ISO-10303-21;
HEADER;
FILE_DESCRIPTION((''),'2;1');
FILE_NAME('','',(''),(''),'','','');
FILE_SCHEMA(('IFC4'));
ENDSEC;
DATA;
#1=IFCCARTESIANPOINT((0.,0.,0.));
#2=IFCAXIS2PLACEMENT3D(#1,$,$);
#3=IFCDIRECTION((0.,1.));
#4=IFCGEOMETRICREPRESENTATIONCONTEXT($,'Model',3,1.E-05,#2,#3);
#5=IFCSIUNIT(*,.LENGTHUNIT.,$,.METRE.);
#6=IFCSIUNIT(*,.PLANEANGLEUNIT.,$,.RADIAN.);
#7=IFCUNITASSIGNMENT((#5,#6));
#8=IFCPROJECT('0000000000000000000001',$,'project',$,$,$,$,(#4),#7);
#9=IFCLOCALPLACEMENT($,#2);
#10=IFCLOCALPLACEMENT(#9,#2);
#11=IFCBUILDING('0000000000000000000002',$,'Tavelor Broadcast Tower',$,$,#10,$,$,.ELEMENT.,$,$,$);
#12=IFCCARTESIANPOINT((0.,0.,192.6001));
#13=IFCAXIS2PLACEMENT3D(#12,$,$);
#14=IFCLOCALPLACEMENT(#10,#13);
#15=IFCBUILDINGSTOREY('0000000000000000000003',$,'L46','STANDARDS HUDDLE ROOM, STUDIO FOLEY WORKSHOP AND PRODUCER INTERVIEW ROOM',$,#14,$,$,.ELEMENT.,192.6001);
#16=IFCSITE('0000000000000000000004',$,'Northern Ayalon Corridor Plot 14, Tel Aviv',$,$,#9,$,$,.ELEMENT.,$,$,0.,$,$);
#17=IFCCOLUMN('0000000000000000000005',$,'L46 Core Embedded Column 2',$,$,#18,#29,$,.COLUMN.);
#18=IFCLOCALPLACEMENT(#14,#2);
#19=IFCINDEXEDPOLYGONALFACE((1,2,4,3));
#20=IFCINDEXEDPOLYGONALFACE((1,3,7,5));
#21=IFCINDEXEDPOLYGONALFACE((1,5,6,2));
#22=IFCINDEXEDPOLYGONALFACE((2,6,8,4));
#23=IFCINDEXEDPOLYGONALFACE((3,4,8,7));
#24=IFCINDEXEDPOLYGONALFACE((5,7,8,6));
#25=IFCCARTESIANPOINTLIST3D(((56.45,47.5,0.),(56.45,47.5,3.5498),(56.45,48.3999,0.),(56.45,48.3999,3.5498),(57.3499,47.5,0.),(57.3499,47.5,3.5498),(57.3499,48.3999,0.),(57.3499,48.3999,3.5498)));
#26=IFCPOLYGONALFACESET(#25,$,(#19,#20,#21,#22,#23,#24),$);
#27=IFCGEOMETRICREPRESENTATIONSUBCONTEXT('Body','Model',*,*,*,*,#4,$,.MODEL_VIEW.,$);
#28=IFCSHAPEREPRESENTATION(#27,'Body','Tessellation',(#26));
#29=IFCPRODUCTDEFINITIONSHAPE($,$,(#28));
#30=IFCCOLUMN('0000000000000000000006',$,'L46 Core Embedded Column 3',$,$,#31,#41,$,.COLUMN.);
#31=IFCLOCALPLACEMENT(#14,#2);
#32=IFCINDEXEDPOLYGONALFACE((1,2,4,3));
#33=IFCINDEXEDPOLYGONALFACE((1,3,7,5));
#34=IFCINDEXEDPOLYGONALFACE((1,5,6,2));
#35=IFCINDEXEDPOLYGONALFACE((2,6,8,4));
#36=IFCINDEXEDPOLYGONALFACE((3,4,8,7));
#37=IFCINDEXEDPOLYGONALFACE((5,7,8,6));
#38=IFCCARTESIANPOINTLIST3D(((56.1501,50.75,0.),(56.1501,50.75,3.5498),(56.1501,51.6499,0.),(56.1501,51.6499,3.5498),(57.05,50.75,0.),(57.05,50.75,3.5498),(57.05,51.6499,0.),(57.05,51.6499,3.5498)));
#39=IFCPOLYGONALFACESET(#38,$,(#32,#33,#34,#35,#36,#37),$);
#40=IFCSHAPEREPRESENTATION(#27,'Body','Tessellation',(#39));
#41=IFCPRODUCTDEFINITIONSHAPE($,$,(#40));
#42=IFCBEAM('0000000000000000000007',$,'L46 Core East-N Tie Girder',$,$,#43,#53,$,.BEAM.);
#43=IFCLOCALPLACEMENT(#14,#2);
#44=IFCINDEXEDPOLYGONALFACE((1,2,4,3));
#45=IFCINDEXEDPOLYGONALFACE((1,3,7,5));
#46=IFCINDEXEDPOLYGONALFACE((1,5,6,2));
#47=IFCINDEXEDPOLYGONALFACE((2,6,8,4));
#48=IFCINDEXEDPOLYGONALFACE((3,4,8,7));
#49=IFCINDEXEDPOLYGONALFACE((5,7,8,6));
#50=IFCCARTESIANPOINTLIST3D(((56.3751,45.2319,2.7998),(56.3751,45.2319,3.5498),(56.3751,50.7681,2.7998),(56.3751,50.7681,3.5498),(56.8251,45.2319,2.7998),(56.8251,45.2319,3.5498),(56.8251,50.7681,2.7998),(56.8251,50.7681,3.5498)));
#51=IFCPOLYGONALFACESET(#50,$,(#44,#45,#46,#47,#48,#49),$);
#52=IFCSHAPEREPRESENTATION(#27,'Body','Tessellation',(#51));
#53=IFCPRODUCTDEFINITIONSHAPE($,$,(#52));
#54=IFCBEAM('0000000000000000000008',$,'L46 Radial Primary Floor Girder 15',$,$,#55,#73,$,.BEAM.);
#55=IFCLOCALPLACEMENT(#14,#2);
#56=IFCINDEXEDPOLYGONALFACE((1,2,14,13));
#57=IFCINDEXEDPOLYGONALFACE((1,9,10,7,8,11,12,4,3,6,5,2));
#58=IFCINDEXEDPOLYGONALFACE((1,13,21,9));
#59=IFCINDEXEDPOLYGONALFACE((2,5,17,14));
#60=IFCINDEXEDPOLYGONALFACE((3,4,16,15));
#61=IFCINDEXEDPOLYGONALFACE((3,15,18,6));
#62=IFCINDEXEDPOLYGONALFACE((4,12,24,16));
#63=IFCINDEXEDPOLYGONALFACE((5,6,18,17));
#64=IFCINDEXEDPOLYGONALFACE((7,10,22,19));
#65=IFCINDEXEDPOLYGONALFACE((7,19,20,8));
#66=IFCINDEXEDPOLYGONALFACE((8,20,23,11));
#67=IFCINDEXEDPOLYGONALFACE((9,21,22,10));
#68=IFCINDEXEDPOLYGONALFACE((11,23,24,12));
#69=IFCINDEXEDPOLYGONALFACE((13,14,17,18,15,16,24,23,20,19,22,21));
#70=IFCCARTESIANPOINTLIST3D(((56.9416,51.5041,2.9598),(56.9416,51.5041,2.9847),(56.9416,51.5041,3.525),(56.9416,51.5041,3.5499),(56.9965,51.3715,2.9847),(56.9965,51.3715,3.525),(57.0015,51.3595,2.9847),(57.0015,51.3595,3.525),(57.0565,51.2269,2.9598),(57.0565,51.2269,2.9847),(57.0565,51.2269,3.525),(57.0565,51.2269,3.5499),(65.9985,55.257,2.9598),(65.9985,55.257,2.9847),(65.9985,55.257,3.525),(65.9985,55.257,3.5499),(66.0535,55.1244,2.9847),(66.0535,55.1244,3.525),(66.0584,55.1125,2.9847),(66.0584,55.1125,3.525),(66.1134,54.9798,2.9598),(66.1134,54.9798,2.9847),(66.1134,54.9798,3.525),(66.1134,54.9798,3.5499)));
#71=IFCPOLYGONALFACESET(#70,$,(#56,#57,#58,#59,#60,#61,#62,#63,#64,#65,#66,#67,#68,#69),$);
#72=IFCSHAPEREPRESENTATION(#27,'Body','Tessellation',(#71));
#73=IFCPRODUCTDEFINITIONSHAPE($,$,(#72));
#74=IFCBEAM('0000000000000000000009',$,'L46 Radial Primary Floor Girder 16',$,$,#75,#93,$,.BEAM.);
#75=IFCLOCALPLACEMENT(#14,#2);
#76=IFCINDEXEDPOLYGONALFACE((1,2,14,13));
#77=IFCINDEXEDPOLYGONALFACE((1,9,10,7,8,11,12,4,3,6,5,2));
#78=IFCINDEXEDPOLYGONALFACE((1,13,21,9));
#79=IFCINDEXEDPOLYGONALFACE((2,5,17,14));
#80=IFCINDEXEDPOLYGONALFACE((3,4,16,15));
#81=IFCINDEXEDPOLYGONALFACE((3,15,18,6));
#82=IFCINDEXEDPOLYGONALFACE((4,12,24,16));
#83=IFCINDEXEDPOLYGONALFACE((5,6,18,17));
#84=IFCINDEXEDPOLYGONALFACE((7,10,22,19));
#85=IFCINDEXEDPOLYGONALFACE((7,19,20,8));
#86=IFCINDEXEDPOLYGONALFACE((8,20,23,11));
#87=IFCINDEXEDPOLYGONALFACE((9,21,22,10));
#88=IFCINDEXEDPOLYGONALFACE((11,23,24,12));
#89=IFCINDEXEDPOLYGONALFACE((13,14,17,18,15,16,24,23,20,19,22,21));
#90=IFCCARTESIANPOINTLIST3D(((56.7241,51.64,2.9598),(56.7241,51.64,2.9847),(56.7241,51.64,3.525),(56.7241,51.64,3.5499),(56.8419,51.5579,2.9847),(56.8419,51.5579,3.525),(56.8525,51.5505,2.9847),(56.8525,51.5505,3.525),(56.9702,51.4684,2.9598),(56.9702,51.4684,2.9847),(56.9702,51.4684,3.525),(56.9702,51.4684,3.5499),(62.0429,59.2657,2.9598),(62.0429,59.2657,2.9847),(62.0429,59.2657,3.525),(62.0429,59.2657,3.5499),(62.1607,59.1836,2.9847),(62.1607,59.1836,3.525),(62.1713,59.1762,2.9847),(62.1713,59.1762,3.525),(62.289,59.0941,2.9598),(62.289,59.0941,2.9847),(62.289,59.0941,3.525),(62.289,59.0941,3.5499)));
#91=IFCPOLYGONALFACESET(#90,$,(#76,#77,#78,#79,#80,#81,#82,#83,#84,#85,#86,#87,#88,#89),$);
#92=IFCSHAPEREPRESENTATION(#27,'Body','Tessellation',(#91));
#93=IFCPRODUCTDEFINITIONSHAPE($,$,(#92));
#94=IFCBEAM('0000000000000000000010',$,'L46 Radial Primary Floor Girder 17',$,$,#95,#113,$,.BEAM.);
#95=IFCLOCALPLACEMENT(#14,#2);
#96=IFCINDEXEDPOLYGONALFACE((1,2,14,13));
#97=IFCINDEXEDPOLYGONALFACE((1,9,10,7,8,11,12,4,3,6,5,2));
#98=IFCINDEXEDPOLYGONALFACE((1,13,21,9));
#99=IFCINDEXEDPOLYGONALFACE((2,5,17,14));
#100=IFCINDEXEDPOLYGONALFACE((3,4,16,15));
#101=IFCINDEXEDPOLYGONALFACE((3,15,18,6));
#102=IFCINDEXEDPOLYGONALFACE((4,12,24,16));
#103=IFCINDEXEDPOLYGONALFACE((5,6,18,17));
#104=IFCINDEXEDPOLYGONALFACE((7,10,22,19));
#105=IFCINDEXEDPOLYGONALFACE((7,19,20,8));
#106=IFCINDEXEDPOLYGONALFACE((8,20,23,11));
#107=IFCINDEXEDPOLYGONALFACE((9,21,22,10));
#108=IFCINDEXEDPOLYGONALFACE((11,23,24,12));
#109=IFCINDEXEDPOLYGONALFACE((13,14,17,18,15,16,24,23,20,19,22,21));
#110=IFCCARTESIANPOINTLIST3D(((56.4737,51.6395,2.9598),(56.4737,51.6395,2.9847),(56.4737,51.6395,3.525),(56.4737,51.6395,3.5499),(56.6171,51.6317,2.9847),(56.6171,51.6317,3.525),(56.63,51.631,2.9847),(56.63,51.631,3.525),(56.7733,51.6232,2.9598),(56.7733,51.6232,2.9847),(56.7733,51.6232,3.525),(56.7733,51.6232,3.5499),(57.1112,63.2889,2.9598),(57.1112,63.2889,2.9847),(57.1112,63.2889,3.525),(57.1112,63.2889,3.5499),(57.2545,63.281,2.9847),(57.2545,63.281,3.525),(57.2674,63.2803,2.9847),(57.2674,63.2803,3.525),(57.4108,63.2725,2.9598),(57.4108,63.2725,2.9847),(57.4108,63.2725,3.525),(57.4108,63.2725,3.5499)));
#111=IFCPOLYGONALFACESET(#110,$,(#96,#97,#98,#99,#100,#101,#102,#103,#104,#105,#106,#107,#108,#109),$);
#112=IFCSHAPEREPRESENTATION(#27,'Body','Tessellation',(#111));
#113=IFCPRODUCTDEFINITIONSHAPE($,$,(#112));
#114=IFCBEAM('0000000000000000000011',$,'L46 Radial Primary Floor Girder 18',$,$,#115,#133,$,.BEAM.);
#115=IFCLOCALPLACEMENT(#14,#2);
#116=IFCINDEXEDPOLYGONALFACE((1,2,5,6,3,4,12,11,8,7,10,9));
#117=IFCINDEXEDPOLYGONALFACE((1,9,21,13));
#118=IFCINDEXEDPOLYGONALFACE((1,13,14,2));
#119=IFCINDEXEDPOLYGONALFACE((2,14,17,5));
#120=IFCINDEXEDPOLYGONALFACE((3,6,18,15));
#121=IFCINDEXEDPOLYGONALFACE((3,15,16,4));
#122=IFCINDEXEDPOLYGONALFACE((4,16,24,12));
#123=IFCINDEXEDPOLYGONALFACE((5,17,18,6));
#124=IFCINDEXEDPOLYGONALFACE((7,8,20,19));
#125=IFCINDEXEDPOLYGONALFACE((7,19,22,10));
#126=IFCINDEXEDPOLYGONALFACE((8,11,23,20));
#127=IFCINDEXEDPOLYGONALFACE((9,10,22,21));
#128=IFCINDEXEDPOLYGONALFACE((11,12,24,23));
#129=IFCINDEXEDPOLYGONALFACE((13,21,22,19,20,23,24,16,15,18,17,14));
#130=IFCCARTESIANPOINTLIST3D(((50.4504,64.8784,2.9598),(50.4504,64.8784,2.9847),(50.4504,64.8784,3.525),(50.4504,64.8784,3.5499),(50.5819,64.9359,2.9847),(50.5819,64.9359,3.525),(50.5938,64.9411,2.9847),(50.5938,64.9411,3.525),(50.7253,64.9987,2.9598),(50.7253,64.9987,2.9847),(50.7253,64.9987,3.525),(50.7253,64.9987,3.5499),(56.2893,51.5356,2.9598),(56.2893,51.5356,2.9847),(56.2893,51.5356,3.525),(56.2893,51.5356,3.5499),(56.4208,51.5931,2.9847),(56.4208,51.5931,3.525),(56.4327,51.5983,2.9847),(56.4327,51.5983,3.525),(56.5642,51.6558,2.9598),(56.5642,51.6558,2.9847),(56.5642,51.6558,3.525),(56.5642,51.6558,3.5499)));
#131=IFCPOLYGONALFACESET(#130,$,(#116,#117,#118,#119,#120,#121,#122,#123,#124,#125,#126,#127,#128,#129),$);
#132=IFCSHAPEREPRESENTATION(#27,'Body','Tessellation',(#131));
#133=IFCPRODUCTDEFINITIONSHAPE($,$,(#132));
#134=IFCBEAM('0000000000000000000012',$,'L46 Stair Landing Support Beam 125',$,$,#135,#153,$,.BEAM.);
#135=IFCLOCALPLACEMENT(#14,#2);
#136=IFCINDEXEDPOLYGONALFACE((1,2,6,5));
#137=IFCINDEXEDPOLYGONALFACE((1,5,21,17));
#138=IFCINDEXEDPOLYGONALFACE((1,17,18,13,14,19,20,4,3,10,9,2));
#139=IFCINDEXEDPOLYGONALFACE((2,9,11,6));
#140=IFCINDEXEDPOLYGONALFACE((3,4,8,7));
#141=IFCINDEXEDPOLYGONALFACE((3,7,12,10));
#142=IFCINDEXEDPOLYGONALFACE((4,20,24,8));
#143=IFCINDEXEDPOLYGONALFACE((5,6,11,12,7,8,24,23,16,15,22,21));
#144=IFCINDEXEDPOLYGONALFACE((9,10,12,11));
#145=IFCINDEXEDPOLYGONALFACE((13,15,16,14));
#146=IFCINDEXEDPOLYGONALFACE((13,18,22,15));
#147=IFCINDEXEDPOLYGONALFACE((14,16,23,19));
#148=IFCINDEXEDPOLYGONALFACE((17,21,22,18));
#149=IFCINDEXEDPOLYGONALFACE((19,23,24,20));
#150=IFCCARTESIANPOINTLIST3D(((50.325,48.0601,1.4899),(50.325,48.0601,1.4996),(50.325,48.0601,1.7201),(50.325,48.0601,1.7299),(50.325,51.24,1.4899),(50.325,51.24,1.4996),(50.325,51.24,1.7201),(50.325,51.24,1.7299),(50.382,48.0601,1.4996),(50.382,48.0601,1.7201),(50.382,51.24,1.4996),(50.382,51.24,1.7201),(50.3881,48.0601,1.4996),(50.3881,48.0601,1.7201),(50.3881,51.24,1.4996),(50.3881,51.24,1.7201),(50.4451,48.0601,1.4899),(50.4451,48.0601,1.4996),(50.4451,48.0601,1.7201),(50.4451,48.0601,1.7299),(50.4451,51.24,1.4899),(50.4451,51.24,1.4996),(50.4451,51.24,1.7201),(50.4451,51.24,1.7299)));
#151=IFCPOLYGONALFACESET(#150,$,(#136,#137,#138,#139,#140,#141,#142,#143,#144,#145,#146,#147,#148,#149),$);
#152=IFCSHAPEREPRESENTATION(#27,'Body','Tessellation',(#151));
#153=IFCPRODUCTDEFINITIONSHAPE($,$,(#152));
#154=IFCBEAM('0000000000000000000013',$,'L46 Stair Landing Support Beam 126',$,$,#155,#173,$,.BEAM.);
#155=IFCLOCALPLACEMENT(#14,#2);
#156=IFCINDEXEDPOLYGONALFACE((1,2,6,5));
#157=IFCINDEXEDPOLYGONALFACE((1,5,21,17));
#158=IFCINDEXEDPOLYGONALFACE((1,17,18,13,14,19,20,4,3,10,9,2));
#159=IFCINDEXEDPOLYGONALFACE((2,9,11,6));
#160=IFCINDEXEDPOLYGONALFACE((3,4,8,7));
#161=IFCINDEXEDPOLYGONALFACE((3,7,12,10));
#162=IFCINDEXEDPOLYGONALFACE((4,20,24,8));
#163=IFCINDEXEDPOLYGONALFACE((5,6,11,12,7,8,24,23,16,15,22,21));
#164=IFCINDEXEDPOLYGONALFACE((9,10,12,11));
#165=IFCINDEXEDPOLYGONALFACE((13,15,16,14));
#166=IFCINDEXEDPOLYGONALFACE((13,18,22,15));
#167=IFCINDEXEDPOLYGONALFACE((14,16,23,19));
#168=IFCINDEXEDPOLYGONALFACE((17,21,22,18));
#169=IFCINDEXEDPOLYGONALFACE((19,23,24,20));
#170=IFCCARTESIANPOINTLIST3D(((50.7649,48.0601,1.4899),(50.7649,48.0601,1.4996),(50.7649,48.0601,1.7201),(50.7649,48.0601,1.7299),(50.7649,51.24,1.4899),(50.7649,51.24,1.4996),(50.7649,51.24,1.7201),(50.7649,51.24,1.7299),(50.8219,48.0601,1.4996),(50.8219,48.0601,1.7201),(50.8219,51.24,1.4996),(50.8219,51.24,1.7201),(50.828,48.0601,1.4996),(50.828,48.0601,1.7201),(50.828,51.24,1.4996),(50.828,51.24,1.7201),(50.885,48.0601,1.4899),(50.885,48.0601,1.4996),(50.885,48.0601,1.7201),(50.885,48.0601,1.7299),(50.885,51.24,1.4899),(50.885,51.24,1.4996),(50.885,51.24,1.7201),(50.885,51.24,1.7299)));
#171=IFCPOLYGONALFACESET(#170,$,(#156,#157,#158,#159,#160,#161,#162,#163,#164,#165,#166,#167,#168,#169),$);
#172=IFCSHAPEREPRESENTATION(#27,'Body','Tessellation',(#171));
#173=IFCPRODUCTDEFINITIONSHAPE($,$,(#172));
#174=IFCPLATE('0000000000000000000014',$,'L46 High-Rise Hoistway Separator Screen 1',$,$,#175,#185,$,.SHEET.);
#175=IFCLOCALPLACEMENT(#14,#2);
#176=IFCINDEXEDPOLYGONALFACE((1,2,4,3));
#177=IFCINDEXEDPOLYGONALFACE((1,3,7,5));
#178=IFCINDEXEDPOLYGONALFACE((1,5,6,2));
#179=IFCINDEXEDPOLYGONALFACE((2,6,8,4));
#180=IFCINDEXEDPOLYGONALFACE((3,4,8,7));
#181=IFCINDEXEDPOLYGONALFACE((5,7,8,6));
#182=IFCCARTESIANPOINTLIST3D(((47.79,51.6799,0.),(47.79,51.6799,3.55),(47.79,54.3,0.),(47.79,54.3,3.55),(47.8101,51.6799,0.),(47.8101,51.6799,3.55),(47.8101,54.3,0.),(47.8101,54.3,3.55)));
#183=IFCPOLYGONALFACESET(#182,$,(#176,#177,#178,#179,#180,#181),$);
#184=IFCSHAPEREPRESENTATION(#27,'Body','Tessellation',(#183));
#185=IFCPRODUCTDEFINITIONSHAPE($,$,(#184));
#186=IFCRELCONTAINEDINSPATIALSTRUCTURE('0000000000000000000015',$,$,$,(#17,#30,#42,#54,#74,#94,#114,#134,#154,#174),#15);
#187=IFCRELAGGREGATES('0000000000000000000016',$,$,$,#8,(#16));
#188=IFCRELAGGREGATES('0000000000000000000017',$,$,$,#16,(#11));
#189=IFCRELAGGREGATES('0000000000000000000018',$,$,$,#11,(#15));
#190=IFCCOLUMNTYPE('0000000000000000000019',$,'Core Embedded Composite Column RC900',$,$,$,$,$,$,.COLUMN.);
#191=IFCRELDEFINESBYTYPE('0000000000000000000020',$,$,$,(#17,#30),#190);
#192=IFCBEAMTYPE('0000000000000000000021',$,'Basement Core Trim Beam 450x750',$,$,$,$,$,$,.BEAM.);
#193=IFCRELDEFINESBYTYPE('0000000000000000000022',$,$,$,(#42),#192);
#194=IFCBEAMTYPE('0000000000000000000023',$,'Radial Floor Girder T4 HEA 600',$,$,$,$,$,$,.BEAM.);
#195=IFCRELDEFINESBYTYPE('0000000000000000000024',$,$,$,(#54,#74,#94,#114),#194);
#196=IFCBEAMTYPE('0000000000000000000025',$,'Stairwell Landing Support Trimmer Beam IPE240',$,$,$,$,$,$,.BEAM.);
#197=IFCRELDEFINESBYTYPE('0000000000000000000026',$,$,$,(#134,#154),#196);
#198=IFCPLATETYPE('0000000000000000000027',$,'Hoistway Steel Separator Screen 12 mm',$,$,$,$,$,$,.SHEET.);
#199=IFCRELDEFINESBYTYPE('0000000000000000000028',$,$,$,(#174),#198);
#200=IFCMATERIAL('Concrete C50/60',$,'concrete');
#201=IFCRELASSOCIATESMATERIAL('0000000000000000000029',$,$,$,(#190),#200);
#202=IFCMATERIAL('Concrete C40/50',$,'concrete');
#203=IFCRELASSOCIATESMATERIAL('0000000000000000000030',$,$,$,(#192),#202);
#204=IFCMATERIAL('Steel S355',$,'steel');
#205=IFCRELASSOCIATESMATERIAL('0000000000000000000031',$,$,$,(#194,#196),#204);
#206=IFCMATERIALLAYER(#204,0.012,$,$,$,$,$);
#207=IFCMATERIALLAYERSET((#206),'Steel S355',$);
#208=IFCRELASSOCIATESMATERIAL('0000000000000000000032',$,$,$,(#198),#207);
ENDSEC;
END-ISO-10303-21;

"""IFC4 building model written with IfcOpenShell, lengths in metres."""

from ifc_helpers import new_model, si_unit, direction, frame, origin, origin_2d, place, context, subcontext, project, spatial, rectangle, i_section, extrude, source, transform, mapped, material, layer, layer_set, material_profile, profile_set, type_object, type_shapes, element, save


model = new_model("IFC4")

# Units and contexts
model_context = context("Model", 3, precision=1e-05, world=origin(), true_north=direction((0.0, 1.0)))
body_context = subcontext(model_context, "Body", "Model", "MODEL_VIEW")
ifc_project = project(units=[si_unit("LENGTHUNIT", "METRE"), si_unit("PLANEANGLEUNIT", "RADIAN")], contexts=[model_context])

# Site, building, storey
site_placement = place(None, origin())
site = spatial("IfcSite", under=ifc_project, at=site_placement, Name="Northern Ayalon Corridor Plot 14, Tel Aviv", CompositionType="ELEMENT", RefElevation=0.0)
building_placement = place(site_placement, origin())
building = spatial("IfcBuilding", under=site, at=building_placement, Name="Tavelor Broadcast Tower", CompositionType="ELEMENT")
storey_placement = place(building_placement, frame((0.0, 0.0, 192.6001)))
storey = spatial("IfcBuildingStorey", under=building, at=storey_placement, Name="L46", Description="STANDARDS HUDDLE ROOM, STUDIO FOLEY WORKSHOP AND PRODUCER INTERVIEW ROOM", CompositionType="ELEMENT", Elevation=192.6001)

# Columns
ifc_material_1 = material(Name="Concrete C50/60", Category="concrete")
ifc_material_profile_1 = material_profile(ifc_material_1, rectangle(XDim=0.8999, YDim=0.8999, at=origin_2d()), Name="RC 900x900")
ifc_profile_set_1 = profile_set([ifc_material_profile_1], Name="Concrete C50/60")
column_type = type_object("IfcColumnType", Name="Core Embedded Composite Column RC900", PredefinedType="COLUMN", material=ifc_profile_set_1)
for number, where, z_axis, x_axis, name in (
    (1, (56.8999, 47.95, 0.0), (0.0, 0.0, 1.0), (1.0, 0.0, 0.0), "L46 Core Embedded Column 2"),
    (2, (56.6001, 51.2, 0.0), (0.0, 0.0, 1.0), (1.0, 0.0, 0.0), "L46 Core Embedded Column 3"),
):
    element("IfcColumn", number, at=place(storey_placement, frame(where, z_axis=z_axis, x_axis=x_axis)), inside=storey, type_object=column_type, Name=name, PredefinedType="COLUMN", context=body_context, shape_type="SweptSolid", body=[
        extrude(rectangle(XDim=0.8999, YDim=0.8999, at=origin_2d()), origin(), (0.0, 0.0, 1.0), 3.5498),
    ])

# Beams
ifc_material_2 = material(Name="Concrete C40/50", Category="concrete")
ifc_material_profile_2 = material_profile(ifc_material_2, rectangle(XDim=0.45, YDim=0.75, at=origin_2d()), Name="RC 450x750")
ifc_profile_set_2 = profile_set([ifc_material_profile_2], Name="Concrete C40/50")
beam_type_1 = type_object("IfcBeamType", Name="Basement Core Trim Beam 450x750", PredefinedType="BEAM", material=ifc_profile_set_2)
beam_1_placement = place(storey_placement, frame((56.6001, 45.2319, 3.1748), z_axis=(0.0, 1.0, 0.0), x_axis=(-1.0, 0.0, 0.0)))
element("IfcBeam", 3, at=beam_1_placement, inside=storey, type_object=beam_type_1, Name="L46 Core East-N Tie Girder", PredefinedType="BEAM", context=body_context, shape_type="SweptSolid", body=[
    extrude(rectangle(XDim=0.45, YDim=0.75, at=origin_2d()), origin(), (0.0, 0.0, 1.0), 5.5361),
])
ifc_material_3 = material(Name="Steel S355", Category="steel")
ifc_material_profile_3 = material_profile(ifc_material_3, i_section(OverallWidth=0.3, OverallDepth=0.5901, WebThickness=0.0129, FlangeThickness=0.0249, at=origin_2d()), Name="HEA 600")
ifc_profile_set_3 = profile_set([ifc_material_profile_3], Name="Steel S355")
beam_type_2 = type_object("IfcBeamType", Name="Radial Floor Girder T4 HEA 600", PredefinedType="BEAM", material=ifc_profile_set_3)
beam_2_placement = place(storey_placement, frame((56.999, 51.3655, 3.2549), z_axis=(0.923827, 0.382809, 0.0), x_axis=(-0.382809, 0.923827, 0.0)))
element("IfcBeam", 4, at=beam_2_placement, inside=storey, type_object=beam_type_2, Name="L46 Radial Primary Floor Girder 15", PredefinedType="BEAM", context=body_context, shape_type="SweptSolid", body=[
    extrude(i_section(OverallWidth=0.3, OverallDepth=0.5901, WebThickness=0.0129, FlangeThickness=0.0249, at=origin_2d()), origin(), (0.0, 0.0, 1.0), 9.8037),
])
beam_3_placement = place(storey_placement, frame((56.8472, 51.5542, 3.2549), z_axis=(0.572078, 0.820199, 0.0), x_axis=(-0.820199, 0.572078, 0.0)))
element("IfcBeam", 5, at=beam_3_placement, inside=storey, type_object=beam_type_2, Name="L46 Radial Primary Floor Girder 16", PredefinedType="BEAM", context=body_context, shape_type="SweptSolid", body=[
    extrude(i_section(OverallWidth=0.3, OverallDepth=0.5901, WebThickness=0.0129, FlangeThickness=0.0249, at=origin_2d()), origin(), (0.0, 0.0, 1.0), 9.2974),
])
beam_4_placement = place(storey_placement, frame((56.6235, 51.6313, 3.2549), z_axis=(0.054638, 0.998506, 0.0), x_axis=(-0.998506, 0.054638, 0.0)))
element("IfcBeam", 6, at=beam_4_placement, inside=storey, type_object=beam_type_2, Name="L46 Radial Primary Floor Girder 17", PredefinedType="BEAM", context=body_context, shape_type="SweptSolid", body=[
    extrude(i_section(OverallWidth=0.3, OverallDepth=0.5901, WebThickness=0.0129, FlangeThickness=0.0249, at=origin_2d()), origin(), (0.0, 0.0, 1.0), 11.6667),
])
beam_5_placement = place(storey_placement, frame((56.4268, 51.5957, 3.2549), z_axis=(-0.4009, 0.916122, 0.0), x_axis=(-0.916122, -0.4009, 0.0)))
element("IfcBeam", 7, at=beam_5_placement, inside=storey, type_object=beam_type_2, Name="L46 Radial Primary Floor Girder 18", PredefinedType="BEAM", context=body_context, shape_type="SweptSolid", body=[
    extrude(i_section(OverallWidth=0.3, OverallDepth=0.5901, WebThickness=0.0129, FlangeThickness=0.0249, at=origin_2d()), origin(), (0.0, 0.0, 1.0), 14.5645),
])
ifc_material_profile_4 = material_profile(ifc_material_3, i_section(OverallWidth=0.1201, OverallDepth=0.24, WebThickness=0.0061, FlangeThickness=0.0098, at=origin_2d()), Name="IPE 240")
ifc_profile_set_4 = profile_set([ifc_material_profile_4], Name="Steel S355")
beam_type_3 = type_object("IfcBeamType", Name="Stairwell Landing Support Trimmer Beam IPE240", PredefinedType="BEAM", material=ifc_profile_set_4)
for number, where, z_axis, x_axis, name in (
    (8, (50.385, 48.0601, 1.6099), (0.0, 1.0, 0.0), (-1.0, 0.0, 0.0), "L46 Stair Landing Support Beam 125"),
    (9, (50.825, 48.0601, 1.6099), (0.0, 1.0, 0.0), (-1.0, 0.0, 0.0), "L46 Stair Landing Support Beam 126"),
):
    element("IfcBeam", number, at=place(storey_placement, frame(where, z_axis=z_axis, x_axis=x_axis)), inside=storey, type_object=beam_type_3, Name=name, PredefinedType="BEAM", context=body_context, shape_type="SweptSolid", body=[
        extrude(i_section(OverallWidth=0.1201, OverallDepth=0.24, WebThickness=0.0061, FlangeThickness=0.0098, at=origin_2d()), origin(), (0.0, 0.0, 1.0), 3.1799),
    ])

# Plate
ifc_layer_1 = layer(ifc_material_3, 0.012)
ifc_layer_set_1 = layer_set([ifc_layer_1], Name="Steel S355")
plate_type = type_object("IfcPlateType", Name="Hoistway Steel Separator Screen 12 mm", PredefinedType="SHEET", material=ifc_layer_set_1)
shared_shape = source(origin(), body_context, "Body", "SweptSolid", [
    extrude(rectangle(XDim=0.02, YDim=2.6201, at=origin_2d()), origin(), (0.0, 0.0, 1.0), 3.55),
])
type_shapes(plate_type, [shared_shape])
for number, where, z_axis, x_axis, name in (
    (10, (47.8, 52.99, 0.0), (0.0, 0.0, 1.0), (1.0, 0.0, 0.0), "L46 High-Rise Hoistway Separator Screen 1"),
):
    element("IfcPlate", number, at=place(storey_placement, frame(where, z_axis=z_axis, x_axis=x_axis)), inside=storey, type_object=plate_type, Name=name, PredefinedType="SHEET", context=body_context, shape_type="MappedRepresentation", body=[
        mapped(shared_shape, transform((0.0, 0.0, 0.0), scale=1.0)),
    ])

save(model, "model.ifc")
